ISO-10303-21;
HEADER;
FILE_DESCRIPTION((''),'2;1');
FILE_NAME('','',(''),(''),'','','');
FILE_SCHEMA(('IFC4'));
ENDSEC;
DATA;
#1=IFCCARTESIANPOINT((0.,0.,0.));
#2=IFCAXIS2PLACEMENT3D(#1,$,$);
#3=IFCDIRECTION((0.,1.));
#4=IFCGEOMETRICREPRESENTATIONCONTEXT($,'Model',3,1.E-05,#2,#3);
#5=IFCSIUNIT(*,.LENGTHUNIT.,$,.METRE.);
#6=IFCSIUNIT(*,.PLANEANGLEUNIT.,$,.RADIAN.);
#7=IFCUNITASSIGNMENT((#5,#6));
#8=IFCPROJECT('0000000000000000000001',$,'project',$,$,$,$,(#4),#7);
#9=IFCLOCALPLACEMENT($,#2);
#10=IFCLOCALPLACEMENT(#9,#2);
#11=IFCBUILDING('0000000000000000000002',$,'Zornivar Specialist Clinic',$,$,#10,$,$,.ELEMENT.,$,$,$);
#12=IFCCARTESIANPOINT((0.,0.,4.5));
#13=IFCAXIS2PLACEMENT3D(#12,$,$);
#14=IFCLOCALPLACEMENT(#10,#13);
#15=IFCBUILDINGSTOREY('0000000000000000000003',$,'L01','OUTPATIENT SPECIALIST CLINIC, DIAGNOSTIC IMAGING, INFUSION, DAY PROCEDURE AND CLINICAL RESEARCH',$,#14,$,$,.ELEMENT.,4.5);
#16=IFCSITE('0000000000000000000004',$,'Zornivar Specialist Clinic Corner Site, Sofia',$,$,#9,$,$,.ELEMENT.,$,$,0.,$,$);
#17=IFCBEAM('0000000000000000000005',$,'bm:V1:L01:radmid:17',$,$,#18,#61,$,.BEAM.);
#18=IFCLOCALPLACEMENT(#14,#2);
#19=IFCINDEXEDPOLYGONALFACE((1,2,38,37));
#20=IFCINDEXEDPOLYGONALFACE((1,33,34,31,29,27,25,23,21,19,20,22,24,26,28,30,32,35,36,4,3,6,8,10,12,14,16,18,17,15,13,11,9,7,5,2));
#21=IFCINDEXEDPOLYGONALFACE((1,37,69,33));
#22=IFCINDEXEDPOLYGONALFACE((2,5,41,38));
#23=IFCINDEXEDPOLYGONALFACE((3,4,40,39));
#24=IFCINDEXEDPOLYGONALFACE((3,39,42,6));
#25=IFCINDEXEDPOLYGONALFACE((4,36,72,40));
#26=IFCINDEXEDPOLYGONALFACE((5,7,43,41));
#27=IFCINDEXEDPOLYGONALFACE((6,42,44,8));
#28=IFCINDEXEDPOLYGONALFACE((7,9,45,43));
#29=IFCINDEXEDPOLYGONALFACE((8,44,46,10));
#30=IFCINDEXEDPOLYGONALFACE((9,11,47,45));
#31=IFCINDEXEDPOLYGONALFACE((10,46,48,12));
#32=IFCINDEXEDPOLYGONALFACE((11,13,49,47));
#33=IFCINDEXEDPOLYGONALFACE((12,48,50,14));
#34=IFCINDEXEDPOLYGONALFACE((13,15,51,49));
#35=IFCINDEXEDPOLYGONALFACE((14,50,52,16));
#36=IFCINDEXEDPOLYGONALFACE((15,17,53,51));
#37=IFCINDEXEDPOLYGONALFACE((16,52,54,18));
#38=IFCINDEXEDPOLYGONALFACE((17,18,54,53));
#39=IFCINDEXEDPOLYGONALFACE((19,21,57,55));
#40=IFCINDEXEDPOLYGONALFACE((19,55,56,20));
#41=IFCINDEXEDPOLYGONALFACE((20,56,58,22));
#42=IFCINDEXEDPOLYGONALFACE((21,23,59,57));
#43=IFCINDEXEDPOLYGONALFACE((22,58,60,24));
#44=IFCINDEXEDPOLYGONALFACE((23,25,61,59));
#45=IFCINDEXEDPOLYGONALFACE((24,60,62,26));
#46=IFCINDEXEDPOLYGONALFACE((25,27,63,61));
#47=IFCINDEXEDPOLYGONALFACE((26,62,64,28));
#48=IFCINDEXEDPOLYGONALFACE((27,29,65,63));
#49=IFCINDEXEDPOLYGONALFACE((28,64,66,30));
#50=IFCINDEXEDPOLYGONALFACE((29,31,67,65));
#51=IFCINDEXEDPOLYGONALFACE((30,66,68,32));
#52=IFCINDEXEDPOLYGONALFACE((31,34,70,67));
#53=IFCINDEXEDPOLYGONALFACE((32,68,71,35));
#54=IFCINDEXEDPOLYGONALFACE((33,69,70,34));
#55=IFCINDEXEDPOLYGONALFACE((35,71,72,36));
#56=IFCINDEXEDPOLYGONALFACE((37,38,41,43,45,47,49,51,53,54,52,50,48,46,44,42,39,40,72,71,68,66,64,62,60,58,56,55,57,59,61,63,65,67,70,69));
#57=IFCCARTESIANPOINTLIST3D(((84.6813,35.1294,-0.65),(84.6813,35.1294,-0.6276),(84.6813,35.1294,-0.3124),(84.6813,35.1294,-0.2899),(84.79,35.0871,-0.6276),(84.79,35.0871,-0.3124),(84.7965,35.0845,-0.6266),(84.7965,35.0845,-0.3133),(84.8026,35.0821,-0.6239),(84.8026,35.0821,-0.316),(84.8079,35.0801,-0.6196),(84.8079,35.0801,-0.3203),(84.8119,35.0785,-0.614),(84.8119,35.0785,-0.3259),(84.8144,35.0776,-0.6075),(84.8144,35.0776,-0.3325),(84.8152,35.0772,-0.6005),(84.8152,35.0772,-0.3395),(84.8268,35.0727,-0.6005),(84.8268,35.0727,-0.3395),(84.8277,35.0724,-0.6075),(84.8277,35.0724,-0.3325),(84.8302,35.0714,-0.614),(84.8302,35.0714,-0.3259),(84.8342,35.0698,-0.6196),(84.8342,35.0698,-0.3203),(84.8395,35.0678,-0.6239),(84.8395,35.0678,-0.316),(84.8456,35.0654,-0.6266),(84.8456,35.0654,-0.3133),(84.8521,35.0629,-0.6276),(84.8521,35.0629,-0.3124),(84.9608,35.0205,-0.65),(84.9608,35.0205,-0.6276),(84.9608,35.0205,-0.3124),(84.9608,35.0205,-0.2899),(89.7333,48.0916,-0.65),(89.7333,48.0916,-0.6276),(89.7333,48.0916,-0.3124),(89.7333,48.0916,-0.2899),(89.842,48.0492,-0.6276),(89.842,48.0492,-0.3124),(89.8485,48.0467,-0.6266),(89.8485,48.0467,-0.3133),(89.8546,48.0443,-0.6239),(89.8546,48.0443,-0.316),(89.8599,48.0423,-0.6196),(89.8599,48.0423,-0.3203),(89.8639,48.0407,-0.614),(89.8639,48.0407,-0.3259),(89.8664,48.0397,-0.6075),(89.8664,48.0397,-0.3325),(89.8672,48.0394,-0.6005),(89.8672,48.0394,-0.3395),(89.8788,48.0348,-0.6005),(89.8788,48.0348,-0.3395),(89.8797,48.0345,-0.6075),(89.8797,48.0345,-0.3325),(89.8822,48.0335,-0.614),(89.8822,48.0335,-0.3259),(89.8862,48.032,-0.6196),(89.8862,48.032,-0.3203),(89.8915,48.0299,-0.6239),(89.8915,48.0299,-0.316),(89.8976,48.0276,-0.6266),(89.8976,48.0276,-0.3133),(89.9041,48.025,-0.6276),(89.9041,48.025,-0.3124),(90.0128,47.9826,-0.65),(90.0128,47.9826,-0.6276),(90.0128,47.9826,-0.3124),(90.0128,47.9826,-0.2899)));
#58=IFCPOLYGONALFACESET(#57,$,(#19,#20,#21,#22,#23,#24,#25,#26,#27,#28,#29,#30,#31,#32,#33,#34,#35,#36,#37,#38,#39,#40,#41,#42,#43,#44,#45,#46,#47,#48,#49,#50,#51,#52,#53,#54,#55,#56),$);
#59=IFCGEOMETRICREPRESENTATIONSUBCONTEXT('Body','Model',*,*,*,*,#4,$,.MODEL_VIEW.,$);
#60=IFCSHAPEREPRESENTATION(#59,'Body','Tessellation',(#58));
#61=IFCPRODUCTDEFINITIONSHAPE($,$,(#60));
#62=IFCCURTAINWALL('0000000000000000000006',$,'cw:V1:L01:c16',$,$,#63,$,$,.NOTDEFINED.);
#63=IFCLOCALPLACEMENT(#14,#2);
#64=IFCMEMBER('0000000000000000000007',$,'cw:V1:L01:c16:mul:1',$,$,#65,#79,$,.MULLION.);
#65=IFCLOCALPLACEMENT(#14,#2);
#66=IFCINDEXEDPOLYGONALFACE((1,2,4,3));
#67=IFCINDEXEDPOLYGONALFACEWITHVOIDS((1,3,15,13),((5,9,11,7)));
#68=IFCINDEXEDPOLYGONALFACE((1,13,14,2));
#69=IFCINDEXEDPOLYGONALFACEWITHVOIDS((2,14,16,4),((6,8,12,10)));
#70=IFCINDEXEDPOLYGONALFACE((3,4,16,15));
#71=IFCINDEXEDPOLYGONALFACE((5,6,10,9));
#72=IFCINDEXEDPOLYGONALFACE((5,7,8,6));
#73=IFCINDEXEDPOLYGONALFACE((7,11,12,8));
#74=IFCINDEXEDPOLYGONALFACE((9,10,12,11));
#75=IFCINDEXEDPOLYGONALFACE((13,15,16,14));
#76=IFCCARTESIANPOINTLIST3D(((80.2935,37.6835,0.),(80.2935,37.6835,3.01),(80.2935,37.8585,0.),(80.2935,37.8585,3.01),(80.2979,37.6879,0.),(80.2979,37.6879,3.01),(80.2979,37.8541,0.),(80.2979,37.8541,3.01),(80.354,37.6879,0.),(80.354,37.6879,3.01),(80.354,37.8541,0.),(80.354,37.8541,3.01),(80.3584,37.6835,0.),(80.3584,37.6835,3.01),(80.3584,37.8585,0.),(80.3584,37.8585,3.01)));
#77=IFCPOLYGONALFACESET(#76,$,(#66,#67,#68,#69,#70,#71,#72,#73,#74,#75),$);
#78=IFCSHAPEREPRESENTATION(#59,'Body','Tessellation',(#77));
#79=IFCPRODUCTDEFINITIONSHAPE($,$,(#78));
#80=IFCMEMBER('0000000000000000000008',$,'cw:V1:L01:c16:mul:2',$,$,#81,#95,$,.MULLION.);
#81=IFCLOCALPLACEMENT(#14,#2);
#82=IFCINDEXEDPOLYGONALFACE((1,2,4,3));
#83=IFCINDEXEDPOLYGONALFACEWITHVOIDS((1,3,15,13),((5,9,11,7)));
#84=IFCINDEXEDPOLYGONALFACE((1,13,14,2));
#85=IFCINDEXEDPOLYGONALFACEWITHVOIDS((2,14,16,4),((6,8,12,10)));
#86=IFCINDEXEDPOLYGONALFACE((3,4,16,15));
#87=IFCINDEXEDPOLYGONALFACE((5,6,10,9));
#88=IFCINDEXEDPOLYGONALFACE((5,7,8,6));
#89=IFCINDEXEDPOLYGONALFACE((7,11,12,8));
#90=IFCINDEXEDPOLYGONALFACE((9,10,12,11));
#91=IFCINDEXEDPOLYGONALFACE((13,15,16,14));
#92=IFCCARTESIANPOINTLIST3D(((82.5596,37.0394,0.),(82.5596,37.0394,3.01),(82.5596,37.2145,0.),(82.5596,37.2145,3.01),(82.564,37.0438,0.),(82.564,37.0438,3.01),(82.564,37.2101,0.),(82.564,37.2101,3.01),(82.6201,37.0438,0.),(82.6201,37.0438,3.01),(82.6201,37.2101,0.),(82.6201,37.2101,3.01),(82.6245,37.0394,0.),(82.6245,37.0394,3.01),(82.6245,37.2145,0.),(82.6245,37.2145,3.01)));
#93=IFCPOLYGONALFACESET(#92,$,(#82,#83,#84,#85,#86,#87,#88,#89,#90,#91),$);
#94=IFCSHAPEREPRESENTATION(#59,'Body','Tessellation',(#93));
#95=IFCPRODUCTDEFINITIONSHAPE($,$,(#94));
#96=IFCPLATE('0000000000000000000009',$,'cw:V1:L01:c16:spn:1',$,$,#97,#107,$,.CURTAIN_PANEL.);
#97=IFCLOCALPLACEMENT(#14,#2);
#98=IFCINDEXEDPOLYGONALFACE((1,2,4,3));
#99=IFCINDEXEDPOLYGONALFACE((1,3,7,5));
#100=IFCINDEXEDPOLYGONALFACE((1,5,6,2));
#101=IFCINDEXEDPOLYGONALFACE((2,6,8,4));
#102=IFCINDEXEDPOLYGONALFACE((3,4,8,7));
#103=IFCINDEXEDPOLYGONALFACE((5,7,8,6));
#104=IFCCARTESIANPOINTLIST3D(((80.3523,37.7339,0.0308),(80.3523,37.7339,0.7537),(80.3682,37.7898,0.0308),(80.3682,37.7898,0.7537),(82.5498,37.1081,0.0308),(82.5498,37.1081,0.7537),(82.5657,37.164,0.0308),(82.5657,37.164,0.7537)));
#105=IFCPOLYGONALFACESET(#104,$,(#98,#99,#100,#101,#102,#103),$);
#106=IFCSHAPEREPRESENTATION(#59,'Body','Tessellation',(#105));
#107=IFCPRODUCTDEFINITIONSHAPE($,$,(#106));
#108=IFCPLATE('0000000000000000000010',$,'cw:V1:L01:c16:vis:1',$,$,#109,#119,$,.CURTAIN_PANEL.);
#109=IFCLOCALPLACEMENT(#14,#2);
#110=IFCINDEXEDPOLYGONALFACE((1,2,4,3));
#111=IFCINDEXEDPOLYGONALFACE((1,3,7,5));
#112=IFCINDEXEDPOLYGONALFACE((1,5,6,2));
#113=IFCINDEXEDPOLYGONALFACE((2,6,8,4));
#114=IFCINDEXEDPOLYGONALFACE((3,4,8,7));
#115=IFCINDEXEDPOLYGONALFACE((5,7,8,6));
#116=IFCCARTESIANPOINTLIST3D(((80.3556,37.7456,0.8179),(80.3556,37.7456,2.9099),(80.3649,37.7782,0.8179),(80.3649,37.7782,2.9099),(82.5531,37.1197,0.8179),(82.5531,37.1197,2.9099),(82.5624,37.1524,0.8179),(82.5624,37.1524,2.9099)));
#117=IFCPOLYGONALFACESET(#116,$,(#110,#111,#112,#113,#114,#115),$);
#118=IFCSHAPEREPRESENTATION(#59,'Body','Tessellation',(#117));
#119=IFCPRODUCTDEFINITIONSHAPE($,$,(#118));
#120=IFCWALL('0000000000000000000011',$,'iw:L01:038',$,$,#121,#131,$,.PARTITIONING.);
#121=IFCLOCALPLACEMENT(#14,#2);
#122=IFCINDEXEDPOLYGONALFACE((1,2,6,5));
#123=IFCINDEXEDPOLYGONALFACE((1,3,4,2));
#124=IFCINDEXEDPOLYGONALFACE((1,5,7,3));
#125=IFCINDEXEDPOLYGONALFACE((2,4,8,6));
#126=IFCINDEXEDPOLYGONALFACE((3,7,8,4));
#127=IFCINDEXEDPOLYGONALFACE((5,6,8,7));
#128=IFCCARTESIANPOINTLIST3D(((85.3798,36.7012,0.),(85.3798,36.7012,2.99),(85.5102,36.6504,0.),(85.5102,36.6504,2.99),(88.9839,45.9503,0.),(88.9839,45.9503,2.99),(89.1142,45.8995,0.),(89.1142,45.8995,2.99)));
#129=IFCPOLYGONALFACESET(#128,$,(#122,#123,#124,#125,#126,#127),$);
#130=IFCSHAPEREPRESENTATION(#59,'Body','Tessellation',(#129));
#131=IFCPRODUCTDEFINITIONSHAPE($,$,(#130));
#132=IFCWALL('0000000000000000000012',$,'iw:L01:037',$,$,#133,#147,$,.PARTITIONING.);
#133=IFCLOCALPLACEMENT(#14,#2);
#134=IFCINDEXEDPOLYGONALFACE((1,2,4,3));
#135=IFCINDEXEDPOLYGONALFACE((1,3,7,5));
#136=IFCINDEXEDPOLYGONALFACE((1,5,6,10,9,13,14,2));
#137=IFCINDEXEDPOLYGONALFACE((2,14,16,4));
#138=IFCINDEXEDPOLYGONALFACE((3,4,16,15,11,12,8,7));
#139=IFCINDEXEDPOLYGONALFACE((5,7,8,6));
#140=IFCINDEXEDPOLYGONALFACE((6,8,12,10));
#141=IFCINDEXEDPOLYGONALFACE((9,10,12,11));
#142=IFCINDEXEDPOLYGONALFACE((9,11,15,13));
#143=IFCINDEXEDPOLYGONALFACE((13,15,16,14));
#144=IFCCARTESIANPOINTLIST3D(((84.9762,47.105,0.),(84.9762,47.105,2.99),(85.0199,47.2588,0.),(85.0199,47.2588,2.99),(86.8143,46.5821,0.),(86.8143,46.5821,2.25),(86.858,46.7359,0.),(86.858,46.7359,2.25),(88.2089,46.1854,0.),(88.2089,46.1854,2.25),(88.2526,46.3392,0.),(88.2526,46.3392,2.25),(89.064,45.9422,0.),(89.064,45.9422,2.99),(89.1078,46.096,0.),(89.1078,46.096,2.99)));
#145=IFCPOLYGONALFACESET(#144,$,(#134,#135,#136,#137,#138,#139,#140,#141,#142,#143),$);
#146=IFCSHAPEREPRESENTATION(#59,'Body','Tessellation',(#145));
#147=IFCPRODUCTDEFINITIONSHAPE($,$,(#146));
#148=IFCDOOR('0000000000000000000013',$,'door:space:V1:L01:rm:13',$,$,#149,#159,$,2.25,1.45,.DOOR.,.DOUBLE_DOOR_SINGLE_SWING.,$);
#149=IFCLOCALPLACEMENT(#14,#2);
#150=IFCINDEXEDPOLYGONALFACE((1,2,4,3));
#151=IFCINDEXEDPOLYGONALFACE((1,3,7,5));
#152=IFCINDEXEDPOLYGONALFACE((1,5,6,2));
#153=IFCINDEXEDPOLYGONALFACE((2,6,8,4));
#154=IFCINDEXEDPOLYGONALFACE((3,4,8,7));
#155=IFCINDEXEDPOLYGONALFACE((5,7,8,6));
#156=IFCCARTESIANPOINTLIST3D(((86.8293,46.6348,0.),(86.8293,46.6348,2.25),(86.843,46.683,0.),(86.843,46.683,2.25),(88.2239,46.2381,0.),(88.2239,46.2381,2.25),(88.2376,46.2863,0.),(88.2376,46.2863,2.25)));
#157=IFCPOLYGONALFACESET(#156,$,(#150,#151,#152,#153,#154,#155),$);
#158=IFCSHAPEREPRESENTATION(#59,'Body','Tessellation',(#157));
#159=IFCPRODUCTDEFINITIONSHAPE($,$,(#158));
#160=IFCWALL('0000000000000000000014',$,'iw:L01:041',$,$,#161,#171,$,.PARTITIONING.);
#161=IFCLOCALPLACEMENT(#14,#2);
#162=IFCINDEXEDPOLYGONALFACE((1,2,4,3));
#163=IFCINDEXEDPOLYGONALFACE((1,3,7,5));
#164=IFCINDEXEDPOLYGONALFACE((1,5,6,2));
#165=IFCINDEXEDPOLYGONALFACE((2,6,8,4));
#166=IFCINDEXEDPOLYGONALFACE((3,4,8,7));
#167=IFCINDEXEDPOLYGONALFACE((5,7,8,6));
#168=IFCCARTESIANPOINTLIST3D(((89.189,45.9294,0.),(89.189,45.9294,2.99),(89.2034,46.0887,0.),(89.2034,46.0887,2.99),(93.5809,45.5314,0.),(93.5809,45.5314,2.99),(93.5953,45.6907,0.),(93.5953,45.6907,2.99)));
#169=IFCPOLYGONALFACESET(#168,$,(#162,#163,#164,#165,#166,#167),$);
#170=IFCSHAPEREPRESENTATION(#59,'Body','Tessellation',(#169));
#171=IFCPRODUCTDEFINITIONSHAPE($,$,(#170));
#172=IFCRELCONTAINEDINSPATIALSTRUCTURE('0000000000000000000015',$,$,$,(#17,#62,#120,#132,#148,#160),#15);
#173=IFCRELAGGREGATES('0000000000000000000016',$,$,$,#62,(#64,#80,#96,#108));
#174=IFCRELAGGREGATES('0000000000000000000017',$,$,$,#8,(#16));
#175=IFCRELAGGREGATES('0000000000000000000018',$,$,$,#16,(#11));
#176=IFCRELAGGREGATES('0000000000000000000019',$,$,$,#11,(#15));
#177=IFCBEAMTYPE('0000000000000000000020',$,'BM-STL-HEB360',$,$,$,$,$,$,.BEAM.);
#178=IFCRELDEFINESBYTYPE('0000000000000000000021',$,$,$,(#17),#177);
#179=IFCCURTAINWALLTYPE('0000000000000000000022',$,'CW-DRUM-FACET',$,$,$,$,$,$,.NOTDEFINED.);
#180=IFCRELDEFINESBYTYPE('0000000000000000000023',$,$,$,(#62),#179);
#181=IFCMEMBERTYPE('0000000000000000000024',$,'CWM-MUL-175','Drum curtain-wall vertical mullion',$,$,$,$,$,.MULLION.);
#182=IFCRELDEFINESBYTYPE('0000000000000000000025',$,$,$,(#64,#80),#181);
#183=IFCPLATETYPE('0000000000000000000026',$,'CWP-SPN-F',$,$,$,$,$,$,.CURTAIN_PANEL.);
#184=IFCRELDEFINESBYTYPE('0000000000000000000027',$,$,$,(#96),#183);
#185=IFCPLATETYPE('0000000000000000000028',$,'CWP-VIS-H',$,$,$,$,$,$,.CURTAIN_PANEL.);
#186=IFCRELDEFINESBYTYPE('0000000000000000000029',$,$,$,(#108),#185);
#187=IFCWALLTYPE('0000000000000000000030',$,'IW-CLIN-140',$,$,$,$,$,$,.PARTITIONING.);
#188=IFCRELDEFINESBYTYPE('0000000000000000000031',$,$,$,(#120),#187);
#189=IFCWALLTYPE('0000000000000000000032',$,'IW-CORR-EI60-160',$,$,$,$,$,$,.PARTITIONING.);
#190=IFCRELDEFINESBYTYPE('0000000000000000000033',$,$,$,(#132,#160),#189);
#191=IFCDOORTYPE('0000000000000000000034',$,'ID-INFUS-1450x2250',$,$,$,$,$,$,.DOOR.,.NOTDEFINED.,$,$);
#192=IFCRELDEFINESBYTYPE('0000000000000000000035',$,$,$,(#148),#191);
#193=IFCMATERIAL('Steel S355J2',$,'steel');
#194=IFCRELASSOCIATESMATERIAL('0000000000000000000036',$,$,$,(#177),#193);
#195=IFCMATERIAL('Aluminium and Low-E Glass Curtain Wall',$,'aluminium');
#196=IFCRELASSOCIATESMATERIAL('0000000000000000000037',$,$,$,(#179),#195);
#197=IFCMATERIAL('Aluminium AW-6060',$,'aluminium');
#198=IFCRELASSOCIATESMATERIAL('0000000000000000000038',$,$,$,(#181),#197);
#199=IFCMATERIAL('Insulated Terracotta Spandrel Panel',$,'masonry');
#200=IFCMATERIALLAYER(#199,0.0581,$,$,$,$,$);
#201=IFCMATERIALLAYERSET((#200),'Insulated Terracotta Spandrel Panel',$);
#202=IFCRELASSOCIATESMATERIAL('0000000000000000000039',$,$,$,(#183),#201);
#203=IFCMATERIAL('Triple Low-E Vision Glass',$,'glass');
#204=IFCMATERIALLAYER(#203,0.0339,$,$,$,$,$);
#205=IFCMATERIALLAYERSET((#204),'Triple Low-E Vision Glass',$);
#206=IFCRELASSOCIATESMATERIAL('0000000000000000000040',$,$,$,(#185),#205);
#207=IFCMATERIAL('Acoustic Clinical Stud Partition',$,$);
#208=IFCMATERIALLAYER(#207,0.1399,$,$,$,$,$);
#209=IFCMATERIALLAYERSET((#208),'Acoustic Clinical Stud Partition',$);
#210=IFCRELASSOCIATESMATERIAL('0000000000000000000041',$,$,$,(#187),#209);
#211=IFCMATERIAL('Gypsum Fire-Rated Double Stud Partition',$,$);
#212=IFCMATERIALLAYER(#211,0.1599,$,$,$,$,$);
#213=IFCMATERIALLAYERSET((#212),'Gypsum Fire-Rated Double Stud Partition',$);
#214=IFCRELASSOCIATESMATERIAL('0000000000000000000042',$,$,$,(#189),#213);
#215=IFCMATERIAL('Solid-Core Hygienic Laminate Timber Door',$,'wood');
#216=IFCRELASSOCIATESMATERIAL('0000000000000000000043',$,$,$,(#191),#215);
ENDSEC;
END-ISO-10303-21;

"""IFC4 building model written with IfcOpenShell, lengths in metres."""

from ifc_helpers import new_model, si_unit, direction, frame, frame_2d, origin, origin_2d, place, context, subcontext, project, spatial, rectangle, hollow_rectangle, i_section, extrude, material, layer, layer_set, material_profile, profile_set, type_object, element, fill, aggregate, save


model = new_model("IFC4")

# Units and contexts
model_context = context("Model", 3, precision=1e-05, world=origin(), true_north=direction((0.0, 1.0)))
body_context = subcontext(model_context, "Body", "Model", "MODEL_VIEW")
ifc_project = project(units=[si_unit("LENGTHUNIT", "METRE"), si_unit("PLANEANGLEUNIT", "RADIAN")], contexts=[model_context])

# Site, building, storey
site_placement = place(None, origin())
site = spatial("IfcSite", under=ifc_project, at=site_placement, Name="Zornivar Specialist Clinic Corner Site, Sofia", CompositionType="ELEMENT", RefElevation=0.0)
building_placement = place(site_placement, origin())
building = spatial("IfcBuilding", under=site, at=building_placement, Name="Zornivar Specialist Clinic", CompositionType="ELEMENT")
storey_placement = place(building_placement, frame((0.0, 0.0, 4.5)))
storey = spatial("IfcBuildingStorey", under=building, at=storey_placement, Name="L01", Description="OUTPATIENT SPECIALIST CLINIC, DIAGNOSTIC IMAGING, INFUSION, DAY PROCEDURE AND CLINICAL RESEARCH", CompositionType="ELEMENT", Elevation=4.5)

# Beam
ifc_material_1 = material(Name="Steel S355J2", Category="steel")
ifc_material_profile_1 = material_profile(ifc_material_1, i_section(OverallWidth=0.3, OverallDepth=0.3601, WebThickness=0.0125, FlangeThickness=0.0225, FilletRadius=0.0271, at=origin_2d()), Name="HEB 360")
ifc_profile_set_1 = profile_set([ifc_material_profile_1], Name="Steel S355J2")
beam_type_1 = type_object("IfcBeamType", Name="BM-STL-HEB360", PredefinedType="BEAM", material=ifc_profile_set_1)
beam_1_placement = place(storey_placement, frame((89.873, 48.0371, -0.47), z_axis=(-0.363143, -0.931733, 0.0), x_axis=(0.931733, -0.363143, 0.0)))
element("IfcBeam", 1, at=beam_1_placement, inside=storey, type_object=beam_type_1, Name="bm:V1:L01:radmid:17", PredefinedType="BEAM", context=body_context, shape_type="SweptSolid", body=[
    extrude(i_section(OverallWidth=0.3, OverallDepth=0.3601, WebThickness=0.0125, FlangeThickness=0.0225, FilletRadius=0.0271, at=origin_2d()), origin(), (0.0, 0.0, 1.0), 13.9119),
])

# Curtain wall, members, plates
ifc_material_2 = material(Name="Aluminium and Low-E Glass Curtain Wall", Category="aluminium")
curtain_wall_type = type_object("IfcCurtainWallType", Name="CW-DRUM-FACET", PredefinedType="NOTDEFINED", material=ifc_material_2)
curtain_wall_placement = place(storey_placement, origin())
curtain_wall = element("IfcCurtainWall", 2, at=curtain_wall_placement, inside=storey, type_object=curtain_wall_type, Name="cw:V1:L01:c16", PredefinedType="NOTDEFINED")
ifc_material_3 = material(Name="Aluminium AW-6060", Category="aluminium")
ifc_material_profile_2 = material_profile(ifc_material_3, hollow_rectangle(XDim=0.0649, YDim=0.175, WallThickness=0.0044, at=origin_2d()), Name="ALU 65x175x4.5")
ifc_profile_set_2 = profile_set([ifc_material_profile_2], Name="Aluminium AW-6060")
member_type = type_object("IfcMemberType", Name="CWM-MUL-175", Description="Drum curtain-wall vertical mullion", PredefinedType="MULLION", material=ifc_profile_set_2)
member_1_placement = place(storey_placement, frame((80.3259, 37.771, 0.0), z_axis=(0.0, 0.0, 1.0), x_axis=(1.0, 0.0, 0.0)))
member_1 = element("IfcMember", 3, at=member_1_placement, type_object=member_type, Name="cw:V1:L01:c16:mul:1", PredefinedType="MULLION", context=body_context, shape_type="SweptSolid", body=[
    extrude(hollow_rectangle(XDim=0.0649, YDim=0.175, WallThickness=0.0044, at=origin_2d()), origin(), (0.0, 0.0, 1.0), 3.01),
])
member_2_placement = place(storey_placement, frame((82.592, 37.127, 0.0), z_axis=(0.0, 0.0, 1.0), x_axis=(1.0, 0.0, 0.0)))
member_2 = element("IfcMember", 4, at=member_2_placement, type_object=member_type, Name="cw:V1:L01:c16:mul:2", PredefinedType="MULLION", context=body_context, shape_type="SweptSolid", body=[
    extrude(hollow_rectangle(XDim=0.0649, YDim=0.175, WallThickness=0.0044, at=origin_2d()), origin(), (0.0, 0.0, 1.0), 3.01),
])
ifc_material_4 = material(Name="Insulated Terracotta Spandrel Panel", Category="masonry")
ifc_layer_1 = layer(ifc_material_4, 0.0581)
ifc_layer_set_1 = layer_set([ifc_layer_1], Name="Insulated Terracotta Spandrel Panel")
plate_type_1 = type_object("IfcPlateType", Name="CWP-SPN-F", PredefinedType="CURTAIN_PANEL", material=ifc_layer_set_1)
plate_1_placement = place(storey_placement, frame((81.459, 37.449, 0.0308), z_axis=(0.0, 0.0, 1.0), x_axis=(0.961761, -0.273889, 0.0)))
plate_1 = element("IfcPlate", 5, at=plate_1_placement, type_object=plate_type_1, Name="cw:V1:L01:c16:spn:1", PredefinedType="CURTAIN_PANEL", context=body_context, shape_type="SweptSolid", body=[
    extrude(rectangle(XDim=2.2849, YDim=0.0581, at=origin_2d()), origin(), (0.0, 0.0, 1.0), 0.7229),
])
ifc_material_5 = material(Name="Triple Low-E Vision Glass", Category="glass")
ifc_layer_2 = layer(ifc_material_5, 0.0339)
ifc_layer_set_2 = layer_set([ifc_layer_2], Name="Triple Low-E Vision Glass")
plate_type_2 = type_object("IfcPlateType", Name="CWP-VIS-H", PredefinedType="CURTAIN_PANEL", material=ifc_layer_set_2)
plate_2_placement = place(storey_placement, frame((81.459, 37.449, 0.8179), z_axis=(0.0, 0.0, 1.0), x_axis=(0.961761, -0.273889, 0.0)))
plate_2 = element("IfcPlate", 6, at=plate_2_placement, type_object=plate_type_2, Name="cw:V1:L01:c16:vis:1", PredefinedType="CURTAIN_PANEL", context=body_context, shape_type="SweptSolid", body=[
    extrude(rectangle(XDim=2.2849, YDim=0.0339, at=origin_2d()), origin(), (0.0, 0.0, 1.0), 2.092),
])
aggregate(curtain_wall, [member_1, member_2, plate_1, plate_2])

# Wall
ifc_material_6 = material(Name="Acoustic Clinical Stud Partition")
ifc_layer_3 = layer(ifc_material_6, 0.1399)
ifc_layer_set_3 = layer_set([ifc_layer_3], Name="Acoustic Clinical Stud Partition")
wall_type_1 = type_object("IfcWallType", Name="IW-CLIN-140", PredefinedType="PARTITIONING", material=ifc_layer_set_3)
wall_1_placement = place(storey_placement, frame((89.0491, 45.925, 0.0), z_axis=(0.0, 0.0, 1.0), x_axis=(-0.363073, -0.931761, 0.0)))
element("IfcWall", 7, at=wall_1_placement, inside=storey, type_object=wall_type_1, Name="iw:L01:038", PredefinedType="PARTITIONING", context=body_context, shape_type="SweptSolid", body=[
    extrude(rectangle(XDim=9.9265, YDim=0.1399, at=frame_2d((4.9634, 0.0))), origin(), (0.0, 0.0, 1.0), 2.99),
])

# Wall, opening, door
ifc_material_7 = material(Name="Gypsum Fire-Rated Double Stud Partition")
ifc_layer_4 = layer(ifc_material_7, 0.1599)
ifc_layer_set_4 = layer_set([ifc_layer_4], Name="Gypsum Fire-Rated Double Stud Partition")
wall_type_2 = type_object("IfcWallType", Name="IW-CORR-EI60-160", PredefinedType="PARTITIONING", material=ifc_layer_set_4)
wall_2_placement = place(storey_placement, frame((84.998, 47.1819, 0.0), z_axis=(0.0, 0.0, 1.0), x_axis=(0.961842, -0.273606, 0.0)))
wall_2 = element("IfcWall", 8, at=wall_2_placement, inside=storey, type_object=wall_type_2, Name="iw:L01:037", PredefinedType="PARTITIONING", context=body_context, shape_type="SweptSolid", body=[
    extrude(rectangle(XDim=4.25, YDim=0.1599, at=frame_2d((2.125, 0.0))), origin(), (0.0, 0.0, 1.0), 2.99),
])
opening_1_placement = place(wall_2_placement, frame((1.9109, 0.0, 0.0)))
opening_1 = element("IfcOpeningElement", 9, at=opening_1_placement, cuts=wall_2, PredefinedType="OPENING", context=body_context, shape_type="SweptSolid", body=[
    extrude(rectangle(XDim=1.45, YDim=2.25, at=frame_2d((0.7251, 1.125))), frame((0.0, 0.0898, 0.0), z_axis=(0.0, -1.0, 0.0), x_axis=(1.0, 0.0, 0.0)), (0.0, 0.0, 1.0), 0.1799),
])
ifc_material_8 = material(Name="Solid-Core Hygienic Laminate Timber Door", Category="wood")
door_type_1 = type_object("IfcDoorType", Name="ID-INFUS-1450x2250", OperationType="NOTDEFINED", PredefinedType="DOOR", material=ifc_material_8)
door_1_placement = place(opening_1_placement, origin())
door_1 = element("IfcDoor", 10, at=door_1_placement, inside=storey, type_object=door_type_1, Name="door:space:V1:L01:rm:13", OperationType="DOUBLE_DOOR_SINGLE_SWING", OverallHeight=2.25, OverallWidth=1.45, PredefinedType="DOOR", context=body_context, shape_type="SweptSolid", body=[
    extrude(rectangle(XDim=1.45, YDim=2.25, at=frame_2d((0.7251, 1.125))), frame((0.0, 0.0249, 0.0), z_axis=(0.0, -1.0, 0.0), x_axis=(1.0, 0.0, 0.0)), (0.0, 0.0, 1.0), 0.05),
])
fill(opening_1, door_1)

# Wall
wall_3_placement = place(storey_placement, frame((89.196, 46.009, 0.0), z_axis=(0.0, 0.0, 1.0), x_axis=(0.99592, -0.090241, 0.0)))
element("IfcWall", 11, at=wall_3_placement, inside=storey, type_object=wall_type_2, Name="iw:L01:041", PredefinedType="PARTITIONING", context=body_context, shape_type="SweptSolid", body=[
    extrude(rectangle(XDim=4.4099, YDim=0.1599, at=frame_2d((2.2051, 0.0))), origin(), (0.0, 0.0, 1.0), 2.99),
])

save(model, "model.ifc")
